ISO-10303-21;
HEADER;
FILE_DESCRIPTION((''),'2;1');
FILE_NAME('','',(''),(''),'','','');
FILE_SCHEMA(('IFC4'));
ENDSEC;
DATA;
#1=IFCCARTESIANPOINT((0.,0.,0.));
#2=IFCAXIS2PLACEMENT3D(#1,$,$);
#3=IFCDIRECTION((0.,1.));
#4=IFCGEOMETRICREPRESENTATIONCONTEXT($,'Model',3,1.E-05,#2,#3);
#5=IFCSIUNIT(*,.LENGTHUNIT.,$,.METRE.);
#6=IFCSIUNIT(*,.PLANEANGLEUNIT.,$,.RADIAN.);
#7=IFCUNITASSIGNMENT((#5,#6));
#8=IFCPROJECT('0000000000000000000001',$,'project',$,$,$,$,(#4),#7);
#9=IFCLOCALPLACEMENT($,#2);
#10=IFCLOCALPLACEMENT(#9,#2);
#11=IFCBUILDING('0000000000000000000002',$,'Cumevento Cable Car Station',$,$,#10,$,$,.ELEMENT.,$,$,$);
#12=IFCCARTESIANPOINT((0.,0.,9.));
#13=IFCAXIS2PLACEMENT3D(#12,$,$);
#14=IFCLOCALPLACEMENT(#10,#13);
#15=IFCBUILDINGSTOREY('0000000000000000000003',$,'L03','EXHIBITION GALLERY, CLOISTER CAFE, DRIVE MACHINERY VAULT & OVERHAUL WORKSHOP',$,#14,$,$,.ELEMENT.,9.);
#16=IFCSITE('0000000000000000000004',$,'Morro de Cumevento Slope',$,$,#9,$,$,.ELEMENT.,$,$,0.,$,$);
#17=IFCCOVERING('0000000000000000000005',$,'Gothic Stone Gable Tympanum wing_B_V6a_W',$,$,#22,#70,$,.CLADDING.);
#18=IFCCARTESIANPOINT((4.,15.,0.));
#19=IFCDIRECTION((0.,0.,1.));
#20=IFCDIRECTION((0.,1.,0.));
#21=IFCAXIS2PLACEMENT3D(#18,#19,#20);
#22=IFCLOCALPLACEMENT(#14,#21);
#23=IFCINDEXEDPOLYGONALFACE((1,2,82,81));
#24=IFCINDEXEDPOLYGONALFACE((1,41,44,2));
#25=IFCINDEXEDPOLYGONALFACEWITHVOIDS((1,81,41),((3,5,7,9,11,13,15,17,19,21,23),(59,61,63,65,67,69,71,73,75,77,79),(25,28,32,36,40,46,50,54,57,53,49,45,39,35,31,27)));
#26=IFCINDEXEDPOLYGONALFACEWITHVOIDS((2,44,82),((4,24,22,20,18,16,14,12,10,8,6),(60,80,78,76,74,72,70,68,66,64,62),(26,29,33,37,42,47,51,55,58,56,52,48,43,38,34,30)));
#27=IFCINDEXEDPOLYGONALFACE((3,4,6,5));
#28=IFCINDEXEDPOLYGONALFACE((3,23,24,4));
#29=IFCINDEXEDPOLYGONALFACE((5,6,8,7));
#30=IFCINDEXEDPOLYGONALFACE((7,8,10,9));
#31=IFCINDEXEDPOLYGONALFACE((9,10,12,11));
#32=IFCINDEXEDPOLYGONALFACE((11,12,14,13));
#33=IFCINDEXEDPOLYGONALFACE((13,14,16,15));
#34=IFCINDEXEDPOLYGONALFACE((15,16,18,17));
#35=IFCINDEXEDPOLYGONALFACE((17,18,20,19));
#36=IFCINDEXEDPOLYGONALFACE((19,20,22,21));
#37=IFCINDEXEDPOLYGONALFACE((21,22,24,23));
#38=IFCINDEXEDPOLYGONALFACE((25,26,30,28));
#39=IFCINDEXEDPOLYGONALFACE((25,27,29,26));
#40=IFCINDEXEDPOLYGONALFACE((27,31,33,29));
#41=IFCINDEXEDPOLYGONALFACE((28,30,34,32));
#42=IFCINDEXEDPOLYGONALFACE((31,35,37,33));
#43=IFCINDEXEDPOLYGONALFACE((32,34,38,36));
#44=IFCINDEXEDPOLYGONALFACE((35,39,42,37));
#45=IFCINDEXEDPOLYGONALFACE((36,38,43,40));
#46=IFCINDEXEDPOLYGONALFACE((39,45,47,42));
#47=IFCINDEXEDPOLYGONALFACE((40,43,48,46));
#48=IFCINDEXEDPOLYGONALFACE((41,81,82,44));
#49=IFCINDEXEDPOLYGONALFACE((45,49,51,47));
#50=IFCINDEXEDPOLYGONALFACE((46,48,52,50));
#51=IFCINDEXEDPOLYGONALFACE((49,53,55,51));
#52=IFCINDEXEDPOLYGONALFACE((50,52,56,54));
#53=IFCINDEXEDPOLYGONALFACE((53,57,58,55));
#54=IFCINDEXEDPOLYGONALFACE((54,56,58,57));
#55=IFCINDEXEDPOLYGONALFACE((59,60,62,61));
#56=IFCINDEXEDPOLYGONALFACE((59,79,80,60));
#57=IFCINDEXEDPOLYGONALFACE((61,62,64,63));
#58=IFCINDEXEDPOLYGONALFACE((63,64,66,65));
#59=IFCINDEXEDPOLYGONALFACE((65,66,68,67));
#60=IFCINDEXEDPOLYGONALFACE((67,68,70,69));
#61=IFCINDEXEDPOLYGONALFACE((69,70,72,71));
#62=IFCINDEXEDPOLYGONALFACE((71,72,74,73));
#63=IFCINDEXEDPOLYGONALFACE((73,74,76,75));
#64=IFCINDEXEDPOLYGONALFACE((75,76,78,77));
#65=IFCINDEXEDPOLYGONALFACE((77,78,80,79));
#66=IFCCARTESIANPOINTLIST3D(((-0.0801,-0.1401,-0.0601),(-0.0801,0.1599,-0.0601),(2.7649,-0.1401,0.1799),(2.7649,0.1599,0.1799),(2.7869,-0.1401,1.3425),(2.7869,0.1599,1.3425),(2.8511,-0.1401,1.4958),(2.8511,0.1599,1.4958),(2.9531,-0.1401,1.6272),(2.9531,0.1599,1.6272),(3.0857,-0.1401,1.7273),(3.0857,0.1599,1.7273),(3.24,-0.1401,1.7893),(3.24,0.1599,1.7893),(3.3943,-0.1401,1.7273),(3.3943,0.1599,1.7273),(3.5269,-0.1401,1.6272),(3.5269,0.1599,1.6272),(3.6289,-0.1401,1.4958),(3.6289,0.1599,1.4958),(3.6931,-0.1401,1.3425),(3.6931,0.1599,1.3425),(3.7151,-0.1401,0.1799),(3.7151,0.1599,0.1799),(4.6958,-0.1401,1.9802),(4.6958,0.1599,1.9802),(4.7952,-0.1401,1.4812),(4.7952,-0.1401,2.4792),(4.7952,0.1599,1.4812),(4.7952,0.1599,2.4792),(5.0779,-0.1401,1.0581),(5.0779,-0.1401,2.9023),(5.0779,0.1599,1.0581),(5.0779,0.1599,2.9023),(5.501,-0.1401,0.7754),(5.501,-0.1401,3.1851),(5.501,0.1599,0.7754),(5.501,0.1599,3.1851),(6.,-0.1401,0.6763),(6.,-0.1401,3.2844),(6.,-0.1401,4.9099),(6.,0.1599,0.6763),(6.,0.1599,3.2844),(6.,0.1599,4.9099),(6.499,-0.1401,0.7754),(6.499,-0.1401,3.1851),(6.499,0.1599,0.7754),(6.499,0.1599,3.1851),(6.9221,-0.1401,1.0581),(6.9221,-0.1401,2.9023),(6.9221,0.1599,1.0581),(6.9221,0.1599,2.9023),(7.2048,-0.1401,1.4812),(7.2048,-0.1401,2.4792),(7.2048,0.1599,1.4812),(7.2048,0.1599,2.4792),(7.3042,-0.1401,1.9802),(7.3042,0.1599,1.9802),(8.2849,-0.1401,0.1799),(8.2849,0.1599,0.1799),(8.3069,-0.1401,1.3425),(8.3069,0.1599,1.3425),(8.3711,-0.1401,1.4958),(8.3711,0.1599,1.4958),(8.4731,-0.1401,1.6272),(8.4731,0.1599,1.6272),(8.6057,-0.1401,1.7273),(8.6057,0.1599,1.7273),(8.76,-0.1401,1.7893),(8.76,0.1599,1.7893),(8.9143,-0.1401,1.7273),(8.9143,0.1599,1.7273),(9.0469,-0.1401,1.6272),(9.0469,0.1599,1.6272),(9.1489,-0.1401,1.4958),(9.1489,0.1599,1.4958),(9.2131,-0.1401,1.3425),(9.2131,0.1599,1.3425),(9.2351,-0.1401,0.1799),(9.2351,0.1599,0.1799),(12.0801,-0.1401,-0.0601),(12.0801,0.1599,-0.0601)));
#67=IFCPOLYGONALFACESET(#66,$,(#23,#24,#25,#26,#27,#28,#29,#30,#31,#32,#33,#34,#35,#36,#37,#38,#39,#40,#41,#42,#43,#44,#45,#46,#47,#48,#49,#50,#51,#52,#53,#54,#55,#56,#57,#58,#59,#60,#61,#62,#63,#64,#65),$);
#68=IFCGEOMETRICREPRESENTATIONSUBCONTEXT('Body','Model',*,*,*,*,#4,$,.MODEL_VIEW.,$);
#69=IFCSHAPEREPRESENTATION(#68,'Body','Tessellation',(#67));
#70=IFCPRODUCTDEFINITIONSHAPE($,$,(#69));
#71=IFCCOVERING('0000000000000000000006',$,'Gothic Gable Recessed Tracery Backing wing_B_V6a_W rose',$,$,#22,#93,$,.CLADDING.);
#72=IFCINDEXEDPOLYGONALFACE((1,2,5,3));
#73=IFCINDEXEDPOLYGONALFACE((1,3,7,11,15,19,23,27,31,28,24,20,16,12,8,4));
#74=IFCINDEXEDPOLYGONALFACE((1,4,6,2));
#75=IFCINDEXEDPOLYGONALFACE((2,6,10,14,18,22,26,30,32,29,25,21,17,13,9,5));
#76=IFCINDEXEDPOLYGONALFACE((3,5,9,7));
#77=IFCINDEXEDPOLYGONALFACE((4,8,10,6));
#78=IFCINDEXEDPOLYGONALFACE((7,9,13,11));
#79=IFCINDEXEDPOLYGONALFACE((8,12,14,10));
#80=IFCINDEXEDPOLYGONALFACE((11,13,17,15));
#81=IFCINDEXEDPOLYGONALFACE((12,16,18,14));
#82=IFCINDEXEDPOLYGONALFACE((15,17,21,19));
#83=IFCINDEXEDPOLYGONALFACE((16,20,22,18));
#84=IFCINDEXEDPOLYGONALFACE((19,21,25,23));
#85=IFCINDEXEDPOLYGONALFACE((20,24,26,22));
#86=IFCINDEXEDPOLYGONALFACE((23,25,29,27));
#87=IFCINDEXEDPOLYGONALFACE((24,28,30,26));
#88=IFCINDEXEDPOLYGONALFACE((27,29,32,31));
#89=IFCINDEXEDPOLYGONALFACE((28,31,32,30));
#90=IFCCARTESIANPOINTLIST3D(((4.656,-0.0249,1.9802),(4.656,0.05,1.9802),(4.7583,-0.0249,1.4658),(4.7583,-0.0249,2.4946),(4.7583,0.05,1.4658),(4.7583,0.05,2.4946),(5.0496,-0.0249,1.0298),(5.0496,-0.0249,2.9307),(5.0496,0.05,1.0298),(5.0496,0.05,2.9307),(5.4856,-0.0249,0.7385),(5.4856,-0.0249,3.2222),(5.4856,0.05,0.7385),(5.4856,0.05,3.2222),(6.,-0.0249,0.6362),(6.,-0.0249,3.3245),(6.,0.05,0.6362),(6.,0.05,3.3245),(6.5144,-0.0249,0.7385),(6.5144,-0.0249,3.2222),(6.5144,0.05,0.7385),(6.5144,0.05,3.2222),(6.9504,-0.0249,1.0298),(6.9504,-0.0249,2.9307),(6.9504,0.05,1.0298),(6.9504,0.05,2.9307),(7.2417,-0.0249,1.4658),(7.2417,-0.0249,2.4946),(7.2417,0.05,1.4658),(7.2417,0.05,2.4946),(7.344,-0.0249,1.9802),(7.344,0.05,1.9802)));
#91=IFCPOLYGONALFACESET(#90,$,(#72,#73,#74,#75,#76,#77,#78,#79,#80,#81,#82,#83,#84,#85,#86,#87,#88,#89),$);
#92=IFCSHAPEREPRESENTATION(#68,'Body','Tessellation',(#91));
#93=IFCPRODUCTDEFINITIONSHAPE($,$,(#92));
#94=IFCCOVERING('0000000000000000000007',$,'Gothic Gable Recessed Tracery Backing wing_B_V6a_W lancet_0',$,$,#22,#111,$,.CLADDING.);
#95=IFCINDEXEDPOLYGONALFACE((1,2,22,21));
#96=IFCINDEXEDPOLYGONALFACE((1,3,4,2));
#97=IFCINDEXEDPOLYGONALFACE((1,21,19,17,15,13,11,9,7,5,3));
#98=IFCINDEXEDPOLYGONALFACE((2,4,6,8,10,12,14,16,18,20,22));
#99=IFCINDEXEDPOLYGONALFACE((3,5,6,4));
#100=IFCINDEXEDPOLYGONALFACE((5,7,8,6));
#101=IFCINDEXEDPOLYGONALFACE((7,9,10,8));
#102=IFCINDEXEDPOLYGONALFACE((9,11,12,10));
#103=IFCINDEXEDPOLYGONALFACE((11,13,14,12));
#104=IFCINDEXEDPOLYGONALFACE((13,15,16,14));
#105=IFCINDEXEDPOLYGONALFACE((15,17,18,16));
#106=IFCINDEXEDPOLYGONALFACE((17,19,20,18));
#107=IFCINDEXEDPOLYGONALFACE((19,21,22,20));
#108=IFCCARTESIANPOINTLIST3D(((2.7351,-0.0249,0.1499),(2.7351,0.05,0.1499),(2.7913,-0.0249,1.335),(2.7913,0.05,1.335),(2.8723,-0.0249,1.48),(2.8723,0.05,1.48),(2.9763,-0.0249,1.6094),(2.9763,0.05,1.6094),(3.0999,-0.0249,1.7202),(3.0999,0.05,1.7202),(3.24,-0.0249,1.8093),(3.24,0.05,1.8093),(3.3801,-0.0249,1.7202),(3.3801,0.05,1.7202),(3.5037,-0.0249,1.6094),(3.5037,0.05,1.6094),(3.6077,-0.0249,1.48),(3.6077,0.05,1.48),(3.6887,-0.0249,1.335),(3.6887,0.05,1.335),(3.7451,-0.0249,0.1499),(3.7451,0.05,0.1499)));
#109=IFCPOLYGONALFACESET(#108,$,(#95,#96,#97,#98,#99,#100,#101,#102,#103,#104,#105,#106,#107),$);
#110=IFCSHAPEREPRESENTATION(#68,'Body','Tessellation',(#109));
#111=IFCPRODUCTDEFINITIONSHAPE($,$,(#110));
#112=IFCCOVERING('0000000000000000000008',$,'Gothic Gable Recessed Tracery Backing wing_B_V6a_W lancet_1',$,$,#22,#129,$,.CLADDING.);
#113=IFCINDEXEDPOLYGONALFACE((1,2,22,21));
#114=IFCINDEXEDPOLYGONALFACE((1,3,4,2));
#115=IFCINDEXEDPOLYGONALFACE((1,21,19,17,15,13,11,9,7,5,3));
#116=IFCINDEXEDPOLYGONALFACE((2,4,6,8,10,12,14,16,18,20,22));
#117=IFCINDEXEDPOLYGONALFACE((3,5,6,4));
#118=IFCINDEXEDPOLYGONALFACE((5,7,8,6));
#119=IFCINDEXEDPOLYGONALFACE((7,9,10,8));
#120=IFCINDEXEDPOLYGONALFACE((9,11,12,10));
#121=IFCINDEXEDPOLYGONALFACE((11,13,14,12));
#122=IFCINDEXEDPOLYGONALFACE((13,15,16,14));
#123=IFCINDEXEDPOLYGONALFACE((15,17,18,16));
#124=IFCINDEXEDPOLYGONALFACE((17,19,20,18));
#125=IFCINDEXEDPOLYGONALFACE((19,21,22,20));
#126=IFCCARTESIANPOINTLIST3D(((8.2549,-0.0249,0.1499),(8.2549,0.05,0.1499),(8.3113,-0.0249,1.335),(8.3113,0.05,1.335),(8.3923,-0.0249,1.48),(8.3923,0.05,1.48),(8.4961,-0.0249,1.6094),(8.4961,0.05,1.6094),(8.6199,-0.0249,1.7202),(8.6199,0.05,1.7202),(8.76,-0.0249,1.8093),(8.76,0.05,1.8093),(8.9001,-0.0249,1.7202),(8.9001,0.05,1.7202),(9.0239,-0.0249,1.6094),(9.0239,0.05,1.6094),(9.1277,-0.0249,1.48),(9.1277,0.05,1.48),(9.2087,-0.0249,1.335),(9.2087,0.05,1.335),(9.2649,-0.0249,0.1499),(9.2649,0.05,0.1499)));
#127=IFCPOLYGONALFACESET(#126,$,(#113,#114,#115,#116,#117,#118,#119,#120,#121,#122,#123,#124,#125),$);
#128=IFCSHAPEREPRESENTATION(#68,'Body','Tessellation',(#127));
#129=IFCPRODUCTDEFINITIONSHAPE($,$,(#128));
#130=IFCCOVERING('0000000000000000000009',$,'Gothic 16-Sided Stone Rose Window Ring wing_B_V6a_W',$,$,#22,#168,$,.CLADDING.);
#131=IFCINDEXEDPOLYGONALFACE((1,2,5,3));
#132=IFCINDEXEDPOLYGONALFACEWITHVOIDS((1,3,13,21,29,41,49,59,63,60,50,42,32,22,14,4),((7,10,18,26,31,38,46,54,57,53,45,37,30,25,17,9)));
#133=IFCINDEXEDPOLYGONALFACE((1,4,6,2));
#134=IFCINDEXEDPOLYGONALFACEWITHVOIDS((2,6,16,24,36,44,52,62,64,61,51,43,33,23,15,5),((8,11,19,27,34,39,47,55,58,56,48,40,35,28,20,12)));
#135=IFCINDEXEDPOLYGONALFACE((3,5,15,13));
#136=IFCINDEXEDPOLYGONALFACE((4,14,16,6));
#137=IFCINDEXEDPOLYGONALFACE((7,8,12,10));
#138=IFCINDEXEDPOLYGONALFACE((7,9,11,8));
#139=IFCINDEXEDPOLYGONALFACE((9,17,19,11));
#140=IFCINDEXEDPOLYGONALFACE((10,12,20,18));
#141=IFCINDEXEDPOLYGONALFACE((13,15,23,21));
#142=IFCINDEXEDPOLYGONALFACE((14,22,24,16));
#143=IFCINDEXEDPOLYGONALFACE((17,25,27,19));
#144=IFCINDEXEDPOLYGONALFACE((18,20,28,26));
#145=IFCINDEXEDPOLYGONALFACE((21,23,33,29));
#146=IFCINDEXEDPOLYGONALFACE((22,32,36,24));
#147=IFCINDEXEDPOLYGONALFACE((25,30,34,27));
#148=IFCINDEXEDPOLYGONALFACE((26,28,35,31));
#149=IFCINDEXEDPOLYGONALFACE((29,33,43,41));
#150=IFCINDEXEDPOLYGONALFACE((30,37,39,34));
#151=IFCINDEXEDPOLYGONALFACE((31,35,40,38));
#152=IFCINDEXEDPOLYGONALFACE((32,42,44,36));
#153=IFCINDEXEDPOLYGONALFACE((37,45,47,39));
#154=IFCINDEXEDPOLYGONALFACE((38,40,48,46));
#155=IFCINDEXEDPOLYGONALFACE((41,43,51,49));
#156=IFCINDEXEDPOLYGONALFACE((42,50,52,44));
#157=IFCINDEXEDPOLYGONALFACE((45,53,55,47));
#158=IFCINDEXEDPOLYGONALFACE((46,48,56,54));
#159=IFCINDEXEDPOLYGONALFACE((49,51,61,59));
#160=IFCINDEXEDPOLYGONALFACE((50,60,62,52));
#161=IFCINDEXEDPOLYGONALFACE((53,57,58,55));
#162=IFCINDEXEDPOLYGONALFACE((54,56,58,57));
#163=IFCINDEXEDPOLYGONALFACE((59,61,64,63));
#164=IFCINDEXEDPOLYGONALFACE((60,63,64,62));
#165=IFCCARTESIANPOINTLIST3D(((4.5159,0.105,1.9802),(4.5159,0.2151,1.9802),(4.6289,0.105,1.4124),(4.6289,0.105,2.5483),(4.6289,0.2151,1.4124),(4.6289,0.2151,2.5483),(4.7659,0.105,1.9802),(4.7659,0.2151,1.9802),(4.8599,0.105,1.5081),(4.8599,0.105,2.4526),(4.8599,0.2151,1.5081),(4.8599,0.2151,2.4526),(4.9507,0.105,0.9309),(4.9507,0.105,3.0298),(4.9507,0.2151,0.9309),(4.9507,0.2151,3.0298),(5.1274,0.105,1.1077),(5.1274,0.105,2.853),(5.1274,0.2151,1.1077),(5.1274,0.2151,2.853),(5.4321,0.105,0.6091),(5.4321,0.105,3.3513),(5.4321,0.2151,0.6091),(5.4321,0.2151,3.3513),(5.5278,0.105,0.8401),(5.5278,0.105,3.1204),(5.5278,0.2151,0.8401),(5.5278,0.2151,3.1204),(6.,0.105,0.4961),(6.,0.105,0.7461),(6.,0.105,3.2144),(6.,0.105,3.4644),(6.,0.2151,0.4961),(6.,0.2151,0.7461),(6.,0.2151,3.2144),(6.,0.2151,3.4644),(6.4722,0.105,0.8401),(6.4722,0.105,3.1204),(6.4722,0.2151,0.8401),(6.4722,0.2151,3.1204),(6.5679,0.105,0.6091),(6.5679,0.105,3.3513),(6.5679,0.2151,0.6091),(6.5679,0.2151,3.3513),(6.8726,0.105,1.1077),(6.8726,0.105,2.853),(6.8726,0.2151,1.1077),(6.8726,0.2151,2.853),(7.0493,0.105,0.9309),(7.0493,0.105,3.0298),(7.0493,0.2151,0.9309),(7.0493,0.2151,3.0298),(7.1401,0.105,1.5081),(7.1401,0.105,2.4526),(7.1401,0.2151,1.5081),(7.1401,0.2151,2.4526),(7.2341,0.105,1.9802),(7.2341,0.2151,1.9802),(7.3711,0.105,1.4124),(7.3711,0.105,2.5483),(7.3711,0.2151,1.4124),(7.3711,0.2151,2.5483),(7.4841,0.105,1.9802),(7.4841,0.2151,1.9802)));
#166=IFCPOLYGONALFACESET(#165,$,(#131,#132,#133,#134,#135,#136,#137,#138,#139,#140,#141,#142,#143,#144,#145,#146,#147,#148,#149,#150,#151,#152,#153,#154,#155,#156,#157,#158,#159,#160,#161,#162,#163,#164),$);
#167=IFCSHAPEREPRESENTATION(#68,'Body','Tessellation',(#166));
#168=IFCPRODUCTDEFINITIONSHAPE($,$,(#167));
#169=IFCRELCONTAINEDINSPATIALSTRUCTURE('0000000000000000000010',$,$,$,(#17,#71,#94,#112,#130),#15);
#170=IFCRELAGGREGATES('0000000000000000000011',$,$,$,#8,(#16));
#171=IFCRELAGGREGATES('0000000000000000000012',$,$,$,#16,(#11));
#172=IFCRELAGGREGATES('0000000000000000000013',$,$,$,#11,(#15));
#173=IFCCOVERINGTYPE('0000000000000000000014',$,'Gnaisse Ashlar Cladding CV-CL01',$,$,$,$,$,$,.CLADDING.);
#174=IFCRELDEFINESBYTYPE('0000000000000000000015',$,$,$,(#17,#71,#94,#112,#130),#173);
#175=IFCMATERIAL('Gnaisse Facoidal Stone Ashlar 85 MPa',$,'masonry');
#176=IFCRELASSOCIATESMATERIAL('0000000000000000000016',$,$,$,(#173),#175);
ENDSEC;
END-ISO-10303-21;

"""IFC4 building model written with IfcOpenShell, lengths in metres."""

from ifc_helpers import new_model, si_unit, direction, frame, origin, place, context, subcontext, project, spatial, polyline, outline, extrude, material, type_object, element, save


model = new_model("IFC4")

# Units and contexts
model_context = context("Model", 3, precision=1e-05, world=origin(), true_north=direction((0.0, 1.0)))
body_context = subcontext(model_context, "Body", "Model", "MODEL_VIEW")
ifc_project = project(units=[si_unit("LENGTHUNIT", "METRE"), si_unit("PLANEANGLEUNIT", "RADIAN")], contexts=[model_context])

# Site, building, storey
site_placement = place(None, origin())
site = spatial("IfcSite", under=ifc_project, at=site_placement, Name="Morro de Cumevento Slope", CompositionType="ELEMENT", RefElevation=0.0)
building_placement = place(site_placement, origin())
building = spatial("IfcBuilding", under=site, at=building_placement, Name="Cumevento Cable Car Station", CompositionType="ELEMENT")
storey_placement = place(building_placement, frame((0.0, 0.0, 9.0)))
storey = spatial("IfcBuildingStorey", under=building, at=storey_placement, Name="L03", Description="EXHIBITION GALLERY, CLOISTER CAFE, DRIVE MACHINERY VAULT & OVERHAUL WORKSHOP", CompositionType="ELEMENT", Elevation=9.0)

# Coverings
ifc_material_1 = material(Name="Gnaisse Facoidal Stone Ashlar 85 MPa", Category="masonry")
covering_type_1 = type_object("IfcCoveringType", Name="Gnaisse Ashlar Cladding CV-CL01", PredefinedType="CLADDING", material=ifc_material_1)
placement = place(storey_placement, frame((4.0, 15.0, 0.0), z_axis=(0.0, 0.0, 1.0), x_axis=(0.0, 1.0, 0.0)))
element("IfcCovering", 1, at=placement, inside=storey, type_object=covering_type_1, Name="Gothic Stone Gable Tympanum wing_B_V6a_W", PredefinedType="CLADDING", context=body_context, shape_type="SweptSolid", body=[
    extrude(outline(polyline([(-0.0801, -0.0601), (12.0801, -0.0601), (6.0, 4.9099), (-0.0801, -0.0601)]), holes=[polyline([(7.3042, 1.9802), (7.2048, 2.4792), (6.9221, 2.9023), (6.499, 3.1851), (6.0, 3.2844), (5.501, 3.1851), (5.0779, 2.9023), (4.7952, 2.4792), (4.6958, 1.9802), (4.7952, 1.4812), (5.0779, 1.0581), (5.501, 0.7754), (6.0, 0.6763), (6.499, 0.7754), (6.9221, 1.0581), (7.2048, 1.4812), (7.3042, 1.9802)]), polyline([(2.7649, 0.1799), (3.7151, 0.1799), (3.6931, 1.3425), (3.6289, 1.4958), (3.5269, 1.6272), (3.3943, 1.7273), (3.24, 1.7893), (3.0857, 1.7273), (2.9531, 1.6272), (2.8511, 1.4958), (2.7869, 1.3425), (2.7649, 0.1799)]), polyline([(8.2849, 0.1799), (9.2351, 0.1799), (9.2131, 1.3425), (9.1489, 1.4958), (9.0469, 1.6272), (8.9143, 1.7273), (8.76, 1.7893), (8.6057, 1.7273), (8.4731, 1.6272), (8.3711, 1.4958), (8.3069, 1.3425), (8.2849, 0.1799)])]), frame((0.0, 0.1599, 0.0), z_axis=(0.0, -1.0, 0.0), x_axis=(1.0, 0.0, 0.0)), (0.0, 0.0, 1.0), 0.3),
])
element("IfcCovering", 2, at=placement, inside=storey, type_object=covering_type_1, Name="Gothic Gable Recessed Tracery Backing wing_B_V6a_W rose", PredefinedType="CLADDING", context=body_context, shape_type="SweptSolid", body=[
    extrude(outline(polyline([(7.344, 1.9802), (7.2417, 2.4946), (6.9504, 2.9307), (6.5144, 3.2222), (6.0, 3.3245), (5.4856, 3.2222), (5.0496, 2.9307), (4.7583, 2.4946), (4.656, 1.9802), (4.7583, 1.4658), (5.0496, 1.0298), (5.4856, 0.7385), (6.0, 0.6362), (6.5144, 0.7385), (6.9504, 1.0298), (7.2417, 1.4658), (7.344, 1.9802)])), frame((0.0, 0.05, 0.0), z_axis=(0.0, -1.0, 0.0), x_axis=(1.0, 0.0, 0.0)), (0.0, 0.0, 1.0), 0.075),
])
element("IfcCovering", 3, at=placement, inside=storey, type_object=covering_type_1, Name="Gothic Gable Recessed Tracery Backing wing_B_V6a_W lancet_0", PredefinedType="CLADDING", context=body_context, shape_type="SweptSolid", body=[
    extrude(outline(polyline([(2.7351, 0.1499), (3.7451, 0.1499), (3.6887, 1.335), (3.6077, 1.48), (3.5037, 1.6094), (3.3801, 1.7202), (3.24, 1.8093), (3.0999, 1.7202), (2.9763, 1.6094), (2.8723, 1.48), (2.7913, 1.335), (2.7351, 0.1499)])), frame((0.0, 0.05, 0.0), z_axis=(0.0, -1.0, 0.0), x_axis=(1.0, 0.0, 0.0)), (0.0, 0.0, 1.0), 0.075),
])
element("IfcCovering", 4, at=placement, inside=storey, type_object=covering_type_1, Name="Gothic Gable Recessed Tracery Backing wing_B_V6a_W lancet_1", PredefinedType="CLADDING", context=body_context, shape_type="SweptSolid", body=[
    extrude(outline(polyline([(8.2549, 0.1499), (9.2649, 0.1499), (9.2087, 1.335), (9.1277, 1.48), (9.0239, 1.6094), (8.9001, 1.7202), (8.76, 1.8093), (8.6199, 1.7202), (8.4961, 1.6094), (8.3923, 1.48), (8.3113, 1.335), (8.2549, 0.1499)])), frame((0.0, 0.05, 0.0), z_axis=(0.0, -1.0, 0.0), x_axis=(1.0, 0.0, 0.0)), (0.0, 0.0, 1.0), 0.075),
])
element("IfcCovering", 5, at=placement, inside=storey, type_object=covering_type_1, Name="Gothic 16-Sided Stone Rose Window Ring wing_B_V6a_W", PredefinedType="CLADDING", context=body_context, shape_type="SweptSolid", body=[
    extrude(outline(polyline([(7.4841, 1.9802), (7.3711, 2.5483), (7.0493, 3.0298), (6.5679, 3.3513), (6.0, 3.4644), (5.4321, 3.3513), (4.9507, 3.0298), (4.6289, 2.5483), (4.5159, 1.9802), (4.6289, 1.4124), (4.9507, 0.9309), (5.4321, 0.6091), (6.0, 0.4961), (6.5679, 0.6091), (7.0493, 0.9309), (7.3711, 1.4124), (7.4841, 1.9802)]), holes=[polyline([(7.2341, 1.9802), (7.1401, 2.4526), (6.8726, 2.853), (6.4722, 3.1204), (6.0, 3.2144), (5.5278, 3.1204), (5.1274, 2.853), (4.8599, 2.4526), (4.7659, 1.9802), (4.8599, 1.5081), (5.1274, 1.1077), (5.5278, 0.8401), (6.0, 0.7461), (6.4722, 0.8401), (6.8726, 1.1077), (7.1401, 1.5081), (7.2341, 1.9802)])]), frame((0.0, 0.2151, 0.0), z_axis=(0.0, -1.0, 0.0), x_axis=(1.0, 0.0, 0.0)), (0.0, 0.0, 1.0), 0.1101),
])

save(model, "model.ifc")
